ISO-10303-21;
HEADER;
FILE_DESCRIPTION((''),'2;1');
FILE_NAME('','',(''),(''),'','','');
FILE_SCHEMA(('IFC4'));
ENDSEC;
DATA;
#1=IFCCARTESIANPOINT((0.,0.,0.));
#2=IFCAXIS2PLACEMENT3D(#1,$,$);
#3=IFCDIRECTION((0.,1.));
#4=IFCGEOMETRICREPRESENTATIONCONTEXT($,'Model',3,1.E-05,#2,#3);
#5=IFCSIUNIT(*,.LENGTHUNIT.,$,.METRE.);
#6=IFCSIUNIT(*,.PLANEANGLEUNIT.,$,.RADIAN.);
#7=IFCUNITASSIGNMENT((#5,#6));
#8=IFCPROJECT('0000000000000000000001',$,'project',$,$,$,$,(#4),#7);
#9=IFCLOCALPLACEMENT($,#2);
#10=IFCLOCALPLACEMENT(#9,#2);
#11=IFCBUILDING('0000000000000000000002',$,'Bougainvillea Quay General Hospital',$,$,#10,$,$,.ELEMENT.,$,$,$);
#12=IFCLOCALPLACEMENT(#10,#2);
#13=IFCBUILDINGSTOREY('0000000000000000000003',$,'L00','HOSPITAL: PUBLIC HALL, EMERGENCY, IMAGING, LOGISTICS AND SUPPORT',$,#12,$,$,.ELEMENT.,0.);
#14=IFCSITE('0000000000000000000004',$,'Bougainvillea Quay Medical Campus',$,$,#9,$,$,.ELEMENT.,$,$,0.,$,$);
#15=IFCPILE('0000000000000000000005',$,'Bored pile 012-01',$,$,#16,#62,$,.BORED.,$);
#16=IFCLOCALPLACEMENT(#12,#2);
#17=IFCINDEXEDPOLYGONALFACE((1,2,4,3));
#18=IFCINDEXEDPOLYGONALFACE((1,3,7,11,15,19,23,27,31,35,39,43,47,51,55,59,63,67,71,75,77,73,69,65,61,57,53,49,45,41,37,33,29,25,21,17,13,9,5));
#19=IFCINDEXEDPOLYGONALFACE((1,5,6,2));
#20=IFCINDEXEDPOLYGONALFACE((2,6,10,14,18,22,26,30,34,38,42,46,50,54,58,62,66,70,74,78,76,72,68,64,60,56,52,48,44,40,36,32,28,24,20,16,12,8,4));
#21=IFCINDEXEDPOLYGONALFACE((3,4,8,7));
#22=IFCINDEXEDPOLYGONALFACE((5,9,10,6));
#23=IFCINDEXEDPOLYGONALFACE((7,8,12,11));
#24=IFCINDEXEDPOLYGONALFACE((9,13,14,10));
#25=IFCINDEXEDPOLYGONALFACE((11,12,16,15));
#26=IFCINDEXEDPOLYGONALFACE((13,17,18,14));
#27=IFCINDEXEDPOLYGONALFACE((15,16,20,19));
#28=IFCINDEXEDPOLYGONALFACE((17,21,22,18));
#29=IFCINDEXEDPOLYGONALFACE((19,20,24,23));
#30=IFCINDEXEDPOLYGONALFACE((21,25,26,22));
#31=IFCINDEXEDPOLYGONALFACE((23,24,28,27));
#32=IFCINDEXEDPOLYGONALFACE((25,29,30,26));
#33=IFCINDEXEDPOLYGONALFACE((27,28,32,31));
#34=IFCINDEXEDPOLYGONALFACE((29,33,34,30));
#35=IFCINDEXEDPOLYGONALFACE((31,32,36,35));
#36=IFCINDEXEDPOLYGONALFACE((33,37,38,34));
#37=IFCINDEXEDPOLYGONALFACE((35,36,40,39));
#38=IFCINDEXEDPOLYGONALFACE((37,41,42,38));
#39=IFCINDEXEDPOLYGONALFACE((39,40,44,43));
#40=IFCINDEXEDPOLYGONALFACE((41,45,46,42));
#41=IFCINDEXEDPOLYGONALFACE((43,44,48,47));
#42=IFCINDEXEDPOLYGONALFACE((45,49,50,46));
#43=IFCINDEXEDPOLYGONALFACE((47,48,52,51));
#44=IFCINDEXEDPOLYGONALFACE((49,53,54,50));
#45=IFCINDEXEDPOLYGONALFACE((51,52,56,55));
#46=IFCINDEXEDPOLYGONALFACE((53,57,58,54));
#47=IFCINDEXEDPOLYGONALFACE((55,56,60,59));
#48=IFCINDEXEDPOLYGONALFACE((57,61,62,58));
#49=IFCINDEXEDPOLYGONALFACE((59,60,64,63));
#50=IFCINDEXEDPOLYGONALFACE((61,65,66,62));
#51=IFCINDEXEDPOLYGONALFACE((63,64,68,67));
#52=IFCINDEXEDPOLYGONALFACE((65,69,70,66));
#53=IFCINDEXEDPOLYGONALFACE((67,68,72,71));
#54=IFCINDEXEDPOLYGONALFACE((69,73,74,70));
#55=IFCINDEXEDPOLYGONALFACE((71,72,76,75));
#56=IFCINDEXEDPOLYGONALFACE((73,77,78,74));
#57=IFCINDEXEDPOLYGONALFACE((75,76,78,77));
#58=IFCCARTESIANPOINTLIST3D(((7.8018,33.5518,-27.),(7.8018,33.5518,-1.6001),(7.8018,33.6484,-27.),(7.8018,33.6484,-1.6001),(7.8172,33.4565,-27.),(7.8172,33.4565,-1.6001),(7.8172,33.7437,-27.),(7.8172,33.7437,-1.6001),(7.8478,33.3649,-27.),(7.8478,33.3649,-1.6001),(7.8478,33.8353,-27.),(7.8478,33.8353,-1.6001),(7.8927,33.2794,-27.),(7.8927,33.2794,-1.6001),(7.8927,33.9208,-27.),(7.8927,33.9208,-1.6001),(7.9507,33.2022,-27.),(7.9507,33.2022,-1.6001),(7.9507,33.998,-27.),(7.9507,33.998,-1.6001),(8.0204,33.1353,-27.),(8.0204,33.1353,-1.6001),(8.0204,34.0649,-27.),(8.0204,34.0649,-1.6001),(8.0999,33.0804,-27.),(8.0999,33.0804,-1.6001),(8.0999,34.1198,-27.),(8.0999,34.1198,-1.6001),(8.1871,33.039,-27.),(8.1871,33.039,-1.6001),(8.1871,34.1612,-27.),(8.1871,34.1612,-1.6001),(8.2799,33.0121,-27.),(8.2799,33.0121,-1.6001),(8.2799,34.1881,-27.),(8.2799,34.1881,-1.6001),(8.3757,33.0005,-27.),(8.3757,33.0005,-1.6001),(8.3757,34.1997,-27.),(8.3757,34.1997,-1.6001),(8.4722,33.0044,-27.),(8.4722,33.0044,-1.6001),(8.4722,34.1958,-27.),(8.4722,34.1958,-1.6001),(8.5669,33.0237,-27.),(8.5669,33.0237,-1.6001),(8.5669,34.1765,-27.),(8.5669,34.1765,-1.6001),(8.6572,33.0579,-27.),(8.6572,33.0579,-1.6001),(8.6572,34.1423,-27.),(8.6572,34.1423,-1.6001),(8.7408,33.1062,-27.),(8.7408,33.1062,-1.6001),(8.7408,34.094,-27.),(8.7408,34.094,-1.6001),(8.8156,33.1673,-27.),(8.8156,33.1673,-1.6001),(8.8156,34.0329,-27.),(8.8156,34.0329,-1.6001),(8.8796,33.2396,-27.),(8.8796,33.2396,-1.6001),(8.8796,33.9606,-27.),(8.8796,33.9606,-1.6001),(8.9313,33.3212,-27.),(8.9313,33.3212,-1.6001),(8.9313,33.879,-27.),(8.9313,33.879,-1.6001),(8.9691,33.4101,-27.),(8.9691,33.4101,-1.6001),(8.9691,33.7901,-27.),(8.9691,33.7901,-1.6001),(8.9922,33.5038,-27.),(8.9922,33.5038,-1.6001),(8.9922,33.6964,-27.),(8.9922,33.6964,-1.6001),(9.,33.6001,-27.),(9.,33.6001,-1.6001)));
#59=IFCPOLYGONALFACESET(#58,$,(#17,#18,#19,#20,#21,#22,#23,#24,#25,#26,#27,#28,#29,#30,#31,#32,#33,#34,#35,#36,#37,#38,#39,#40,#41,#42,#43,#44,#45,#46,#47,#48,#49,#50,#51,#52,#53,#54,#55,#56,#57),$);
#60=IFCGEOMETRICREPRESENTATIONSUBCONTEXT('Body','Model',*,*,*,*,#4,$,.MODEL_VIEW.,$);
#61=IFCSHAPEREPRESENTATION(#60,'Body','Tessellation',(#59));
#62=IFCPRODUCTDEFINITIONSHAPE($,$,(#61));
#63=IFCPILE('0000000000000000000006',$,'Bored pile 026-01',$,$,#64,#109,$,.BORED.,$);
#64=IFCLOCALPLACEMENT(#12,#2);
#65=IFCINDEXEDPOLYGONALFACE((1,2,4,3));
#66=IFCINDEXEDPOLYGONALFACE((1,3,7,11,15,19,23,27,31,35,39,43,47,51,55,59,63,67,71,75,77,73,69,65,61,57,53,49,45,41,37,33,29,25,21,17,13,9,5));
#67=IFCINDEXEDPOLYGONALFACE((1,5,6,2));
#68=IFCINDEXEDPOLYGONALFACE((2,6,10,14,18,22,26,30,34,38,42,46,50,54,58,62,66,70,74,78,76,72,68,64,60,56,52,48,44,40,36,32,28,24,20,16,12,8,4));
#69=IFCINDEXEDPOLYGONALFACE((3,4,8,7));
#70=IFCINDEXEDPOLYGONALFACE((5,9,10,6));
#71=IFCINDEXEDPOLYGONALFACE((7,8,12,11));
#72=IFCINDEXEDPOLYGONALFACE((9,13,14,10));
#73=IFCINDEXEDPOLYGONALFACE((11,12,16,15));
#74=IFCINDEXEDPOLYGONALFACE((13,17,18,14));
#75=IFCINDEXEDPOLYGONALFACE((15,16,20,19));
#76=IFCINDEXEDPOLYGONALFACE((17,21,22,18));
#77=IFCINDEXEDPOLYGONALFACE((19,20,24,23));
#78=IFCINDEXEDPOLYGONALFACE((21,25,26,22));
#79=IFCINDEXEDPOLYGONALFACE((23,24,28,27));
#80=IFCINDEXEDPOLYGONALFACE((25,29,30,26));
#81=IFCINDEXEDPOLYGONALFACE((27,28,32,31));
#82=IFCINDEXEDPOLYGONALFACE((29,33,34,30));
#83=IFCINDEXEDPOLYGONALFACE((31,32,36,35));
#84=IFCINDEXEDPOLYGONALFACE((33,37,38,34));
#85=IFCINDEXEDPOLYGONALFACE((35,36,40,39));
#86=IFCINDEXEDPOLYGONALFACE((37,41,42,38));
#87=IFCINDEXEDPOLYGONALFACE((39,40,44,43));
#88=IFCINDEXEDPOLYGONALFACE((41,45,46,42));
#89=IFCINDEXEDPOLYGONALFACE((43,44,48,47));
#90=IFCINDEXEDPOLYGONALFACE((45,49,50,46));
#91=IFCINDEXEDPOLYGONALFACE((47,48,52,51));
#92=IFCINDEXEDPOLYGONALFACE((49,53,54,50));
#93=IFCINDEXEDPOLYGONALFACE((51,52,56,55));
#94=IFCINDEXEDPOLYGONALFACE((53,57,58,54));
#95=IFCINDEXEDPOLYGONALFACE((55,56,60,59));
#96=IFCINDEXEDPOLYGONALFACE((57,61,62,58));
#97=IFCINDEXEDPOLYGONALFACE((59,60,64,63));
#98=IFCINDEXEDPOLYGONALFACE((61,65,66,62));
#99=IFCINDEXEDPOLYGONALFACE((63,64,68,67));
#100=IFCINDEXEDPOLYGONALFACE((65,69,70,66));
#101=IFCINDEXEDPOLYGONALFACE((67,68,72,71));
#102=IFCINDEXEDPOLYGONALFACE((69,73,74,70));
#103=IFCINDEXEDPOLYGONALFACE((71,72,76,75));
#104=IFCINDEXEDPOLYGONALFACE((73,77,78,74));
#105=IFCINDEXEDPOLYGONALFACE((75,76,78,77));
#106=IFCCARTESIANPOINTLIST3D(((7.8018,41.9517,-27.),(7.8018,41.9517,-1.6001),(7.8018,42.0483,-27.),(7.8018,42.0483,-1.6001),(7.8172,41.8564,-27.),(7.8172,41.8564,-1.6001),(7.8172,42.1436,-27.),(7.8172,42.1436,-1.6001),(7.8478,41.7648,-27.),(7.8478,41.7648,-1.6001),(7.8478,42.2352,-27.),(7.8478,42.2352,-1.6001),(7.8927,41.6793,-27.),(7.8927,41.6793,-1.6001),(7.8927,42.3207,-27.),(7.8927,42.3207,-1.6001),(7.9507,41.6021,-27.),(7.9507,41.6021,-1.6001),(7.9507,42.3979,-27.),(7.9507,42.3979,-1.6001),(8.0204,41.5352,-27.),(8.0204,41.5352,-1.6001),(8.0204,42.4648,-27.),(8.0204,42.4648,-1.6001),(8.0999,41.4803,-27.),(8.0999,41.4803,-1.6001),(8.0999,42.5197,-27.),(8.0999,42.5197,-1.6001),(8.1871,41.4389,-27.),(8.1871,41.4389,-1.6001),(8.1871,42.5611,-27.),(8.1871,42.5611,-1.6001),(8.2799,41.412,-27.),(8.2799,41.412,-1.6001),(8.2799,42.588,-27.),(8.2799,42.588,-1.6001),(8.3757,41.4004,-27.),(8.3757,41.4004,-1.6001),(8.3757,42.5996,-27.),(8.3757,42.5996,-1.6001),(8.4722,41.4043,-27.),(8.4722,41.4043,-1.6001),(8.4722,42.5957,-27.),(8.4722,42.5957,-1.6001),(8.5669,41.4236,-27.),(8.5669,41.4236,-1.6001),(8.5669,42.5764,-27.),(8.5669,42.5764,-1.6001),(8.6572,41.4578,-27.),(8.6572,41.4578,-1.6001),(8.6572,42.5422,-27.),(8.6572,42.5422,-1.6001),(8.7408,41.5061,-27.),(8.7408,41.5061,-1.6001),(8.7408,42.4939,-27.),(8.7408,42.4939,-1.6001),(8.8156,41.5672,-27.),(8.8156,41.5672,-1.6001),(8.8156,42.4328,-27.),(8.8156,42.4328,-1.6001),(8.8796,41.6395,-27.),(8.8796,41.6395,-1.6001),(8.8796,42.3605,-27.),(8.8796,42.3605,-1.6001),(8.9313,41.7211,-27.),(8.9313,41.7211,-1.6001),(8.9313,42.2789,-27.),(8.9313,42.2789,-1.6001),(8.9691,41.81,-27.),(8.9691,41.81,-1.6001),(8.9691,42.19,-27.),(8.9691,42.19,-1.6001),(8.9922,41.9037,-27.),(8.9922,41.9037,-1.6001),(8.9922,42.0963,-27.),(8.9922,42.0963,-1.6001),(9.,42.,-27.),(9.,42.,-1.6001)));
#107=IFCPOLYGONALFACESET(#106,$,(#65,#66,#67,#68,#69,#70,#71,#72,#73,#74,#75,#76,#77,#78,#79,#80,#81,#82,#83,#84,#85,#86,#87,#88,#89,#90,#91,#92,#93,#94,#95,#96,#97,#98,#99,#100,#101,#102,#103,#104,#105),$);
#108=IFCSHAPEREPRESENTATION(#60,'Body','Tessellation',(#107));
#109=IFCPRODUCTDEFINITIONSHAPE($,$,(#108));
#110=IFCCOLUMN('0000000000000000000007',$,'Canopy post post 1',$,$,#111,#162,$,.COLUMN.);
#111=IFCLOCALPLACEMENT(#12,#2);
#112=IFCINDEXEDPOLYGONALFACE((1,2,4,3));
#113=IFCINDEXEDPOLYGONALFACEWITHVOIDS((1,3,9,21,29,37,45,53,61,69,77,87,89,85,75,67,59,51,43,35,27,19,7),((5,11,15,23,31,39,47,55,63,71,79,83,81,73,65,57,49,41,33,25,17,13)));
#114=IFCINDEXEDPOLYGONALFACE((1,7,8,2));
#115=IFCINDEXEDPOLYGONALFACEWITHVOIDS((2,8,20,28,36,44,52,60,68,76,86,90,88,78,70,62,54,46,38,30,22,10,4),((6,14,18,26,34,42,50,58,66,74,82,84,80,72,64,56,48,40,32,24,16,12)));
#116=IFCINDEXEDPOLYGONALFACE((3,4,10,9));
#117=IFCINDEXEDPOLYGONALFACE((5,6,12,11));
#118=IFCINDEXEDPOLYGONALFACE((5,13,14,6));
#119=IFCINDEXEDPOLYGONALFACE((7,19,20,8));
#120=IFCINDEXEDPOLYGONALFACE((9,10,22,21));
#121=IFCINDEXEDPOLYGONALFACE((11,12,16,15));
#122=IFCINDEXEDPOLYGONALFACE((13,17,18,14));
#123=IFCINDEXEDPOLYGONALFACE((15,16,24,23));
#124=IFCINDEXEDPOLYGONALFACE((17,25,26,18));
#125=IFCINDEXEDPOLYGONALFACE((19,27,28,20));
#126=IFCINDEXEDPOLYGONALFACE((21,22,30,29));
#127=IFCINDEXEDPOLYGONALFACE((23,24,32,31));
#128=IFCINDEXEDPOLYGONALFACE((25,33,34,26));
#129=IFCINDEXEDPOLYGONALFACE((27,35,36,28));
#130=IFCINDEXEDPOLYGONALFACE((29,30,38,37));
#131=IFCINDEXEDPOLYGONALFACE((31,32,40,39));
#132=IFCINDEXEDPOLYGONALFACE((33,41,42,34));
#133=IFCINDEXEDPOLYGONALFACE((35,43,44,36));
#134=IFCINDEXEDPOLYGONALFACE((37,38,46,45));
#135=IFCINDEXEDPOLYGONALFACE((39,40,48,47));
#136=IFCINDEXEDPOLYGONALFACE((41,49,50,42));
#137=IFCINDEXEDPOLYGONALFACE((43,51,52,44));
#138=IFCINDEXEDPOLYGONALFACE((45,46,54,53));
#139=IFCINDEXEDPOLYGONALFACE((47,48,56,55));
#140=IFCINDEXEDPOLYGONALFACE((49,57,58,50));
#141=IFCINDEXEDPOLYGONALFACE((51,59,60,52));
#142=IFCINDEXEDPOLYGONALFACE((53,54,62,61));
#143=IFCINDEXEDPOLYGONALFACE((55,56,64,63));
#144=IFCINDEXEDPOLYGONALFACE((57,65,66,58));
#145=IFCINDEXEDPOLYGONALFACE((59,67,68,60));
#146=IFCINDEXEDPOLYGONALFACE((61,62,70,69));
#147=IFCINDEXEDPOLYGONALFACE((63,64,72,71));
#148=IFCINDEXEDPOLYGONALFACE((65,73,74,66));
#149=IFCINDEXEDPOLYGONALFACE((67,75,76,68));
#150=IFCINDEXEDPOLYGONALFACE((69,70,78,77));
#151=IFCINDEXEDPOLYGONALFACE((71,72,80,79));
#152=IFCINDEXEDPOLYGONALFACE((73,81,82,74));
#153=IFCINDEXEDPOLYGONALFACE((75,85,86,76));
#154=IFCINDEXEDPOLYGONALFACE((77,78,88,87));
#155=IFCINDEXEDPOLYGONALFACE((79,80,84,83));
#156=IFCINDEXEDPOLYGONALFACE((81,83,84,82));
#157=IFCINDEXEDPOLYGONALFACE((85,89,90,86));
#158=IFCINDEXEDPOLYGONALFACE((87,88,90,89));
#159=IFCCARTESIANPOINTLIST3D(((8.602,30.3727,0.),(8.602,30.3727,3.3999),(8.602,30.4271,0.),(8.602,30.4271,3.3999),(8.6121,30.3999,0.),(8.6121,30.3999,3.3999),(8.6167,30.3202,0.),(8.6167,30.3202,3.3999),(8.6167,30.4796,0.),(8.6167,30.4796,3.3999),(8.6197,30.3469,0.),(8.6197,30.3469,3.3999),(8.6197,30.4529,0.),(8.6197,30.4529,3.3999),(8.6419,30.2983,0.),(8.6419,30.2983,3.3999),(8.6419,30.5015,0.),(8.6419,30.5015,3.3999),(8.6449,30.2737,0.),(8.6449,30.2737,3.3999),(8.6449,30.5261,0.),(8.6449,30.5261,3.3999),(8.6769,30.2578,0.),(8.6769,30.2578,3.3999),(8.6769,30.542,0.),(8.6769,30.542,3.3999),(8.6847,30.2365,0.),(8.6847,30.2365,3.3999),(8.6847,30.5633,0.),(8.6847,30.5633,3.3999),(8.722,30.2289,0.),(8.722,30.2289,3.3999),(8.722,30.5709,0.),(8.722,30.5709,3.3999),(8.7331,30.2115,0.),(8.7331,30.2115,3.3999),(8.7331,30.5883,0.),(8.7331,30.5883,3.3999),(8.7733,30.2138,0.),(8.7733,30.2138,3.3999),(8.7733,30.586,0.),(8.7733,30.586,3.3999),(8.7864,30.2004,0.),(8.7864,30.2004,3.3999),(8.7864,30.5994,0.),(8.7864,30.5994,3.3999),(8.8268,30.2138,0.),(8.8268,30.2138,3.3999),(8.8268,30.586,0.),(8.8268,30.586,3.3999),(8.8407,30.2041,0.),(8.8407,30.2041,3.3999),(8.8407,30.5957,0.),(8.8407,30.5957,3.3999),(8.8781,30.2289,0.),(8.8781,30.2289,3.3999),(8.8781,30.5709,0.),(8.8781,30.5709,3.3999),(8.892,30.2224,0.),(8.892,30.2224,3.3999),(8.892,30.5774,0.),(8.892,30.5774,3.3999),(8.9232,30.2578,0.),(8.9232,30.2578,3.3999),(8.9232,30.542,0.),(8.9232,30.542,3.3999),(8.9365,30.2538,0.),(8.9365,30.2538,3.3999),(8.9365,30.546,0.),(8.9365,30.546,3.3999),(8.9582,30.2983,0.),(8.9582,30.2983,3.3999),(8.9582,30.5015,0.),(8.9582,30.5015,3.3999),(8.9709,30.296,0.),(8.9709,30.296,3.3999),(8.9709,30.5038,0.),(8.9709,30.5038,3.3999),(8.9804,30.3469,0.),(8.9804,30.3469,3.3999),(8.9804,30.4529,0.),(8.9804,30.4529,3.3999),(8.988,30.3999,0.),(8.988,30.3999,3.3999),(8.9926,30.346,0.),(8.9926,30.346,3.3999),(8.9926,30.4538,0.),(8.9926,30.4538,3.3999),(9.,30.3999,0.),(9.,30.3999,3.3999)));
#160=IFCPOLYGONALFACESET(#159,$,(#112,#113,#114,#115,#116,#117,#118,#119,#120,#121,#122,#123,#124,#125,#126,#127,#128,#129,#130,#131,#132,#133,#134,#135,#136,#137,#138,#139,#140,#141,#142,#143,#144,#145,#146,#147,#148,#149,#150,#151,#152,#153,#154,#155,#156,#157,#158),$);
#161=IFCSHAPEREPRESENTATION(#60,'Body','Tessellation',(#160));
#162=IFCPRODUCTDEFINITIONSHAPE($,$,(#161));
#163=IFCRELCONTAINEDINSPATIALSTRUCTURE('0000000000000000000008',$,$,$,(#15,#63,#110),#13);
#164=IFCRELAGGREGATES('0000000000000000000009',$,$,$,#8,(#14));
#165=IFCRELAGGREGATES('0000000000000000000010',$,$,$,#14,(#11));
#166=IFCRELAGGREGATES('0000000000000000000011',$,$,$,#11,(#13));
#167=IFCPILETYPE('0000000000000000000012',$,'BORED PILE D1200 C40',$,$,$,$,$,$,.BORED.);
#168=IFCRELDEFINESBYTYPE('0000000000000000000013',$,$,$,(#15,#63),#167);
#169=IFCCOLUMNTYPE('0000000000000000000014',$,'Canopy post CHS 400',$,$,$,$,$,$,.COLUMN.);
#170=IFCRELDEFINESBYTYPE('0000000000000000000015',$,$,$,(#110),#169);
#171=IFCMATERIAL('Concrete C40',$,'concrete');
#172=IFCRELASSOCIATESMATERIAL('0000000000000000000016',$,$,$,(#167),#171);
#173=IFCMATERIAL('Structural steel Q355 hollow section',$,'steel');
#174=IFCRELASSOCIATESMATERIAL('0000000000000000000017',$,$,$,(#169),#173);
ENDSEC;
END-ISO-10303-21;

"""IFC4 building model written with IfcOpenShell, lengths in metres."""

from ifc_helpers import new_model, si_unit, direction, frame, origin, origin_2d, place, context, subcontext, project, spatial, circle, hollow_circle, extrude, material, material_profile, profile_set, type_object, element, save


model = new_model("IFC4")

# Units and contexts
model_context = context("Model", 3, precision=1e-05, world=origin(), true_north=direction((0.0, 1.0)))
body_context = subcontext(model_context, "Body", "Model", "MODEL_VIEW")
ifc_project = project(units=[si_unit("LENGTHUNIT", "METRE"), si_unit("PLANEANGLEUNIT", "RADIAN")], contexts=[model_context])

# Site, building, storey
site_placement = place(None, origin())
site = spatial("IfcSite", under=ifc_project, at=site_placement, Name="Bougainvillea Quay Medical Campus", CompositionType="ELEMENT", RefElevation=0.0)
building_placement = place(site_placement, origin())
building = spatial("IfcBuilding", under=site, at=building_placement, Name="Bougainvillea Quay General Hospital", CompositionType="ELEMENT")
storey_placement = place(building_placement, origin())
storey = spatial("IfcBuildingStorey", under=building, at=storey_placement, Name="L00", Description="HOSPITAL: PUBLIC HALL, EMERGENCY, IMAGING, LOGISTICS AND SUPPORT", CompositionType="ELEMENT", Elevation=0.0)

# Piles
ifc_material_1 = material(Name="Concrete C40", Category="concrete")
ifc_material_profile_1 = material_profile(ifc_material_1, circle(Radius=0.6001, at=origin_2d()))
ifc_profile_set_1 = profile_set([ifc_material_profile_1], Name="Concrete C40")
pile_type = type_object("IfcPileType", Name="BORED PILE D1200 C40", PredefinedType="BORED", material=ifc_profile_set_1)
for number, where, z_axis, x_axis, name in (
    (1, (8.3999, 33.6001, -1.6001), (0.0, 0.0, -1.0), (1.0, 0.0, 0.0), "Bored pile 012-01"),
    (2, (8.3999, 42.0, -1.6001), (0.0, 0.0, -1.0), (1.0, 0.0, 0.0), "Bored pile 026-01"),
):
    element("IfcPile", number, at=place(storey_placement, frame(where, z_axis=z_axis, x_axis=x_axis)), inside=storey, type_object=pile_type, Name=name, PredefinedType="BORED", context=body_context, shape_type="SweptSolid", body=[
        extrude(circle(Radius=0.6001, at=origin_2d()), origin(), (0.0, 0.0, 1.0), 25.3999),
    ])

# Column
ifc_material_2 = material(Name="Structural steel Q355 hollow section", Category="steel")
ifc_material_profile_2 = material_profile(ifc_material_2, hollow_circle(Radius=0.2, WallThickness=0.012, at=origin_2d()))
ifc_profile_set_2 = profile_set([ifc_material_profile_2], Name="Structural steel Q355 hollow section")
column_type_1 = type_object("IfcColumnType", Name="Canopy post CHS 400", PredefinedType="COLUMN", material=ifc_profile_set_2)
column_1_placement = place(storey_placement, frame((8.8, 30.3999, 0.0), z_axis=(0.0, 0.0, 1.0), x_axis=(1.0, 0.0, 0.0)))
element("IfcColumn", 3, at=column_1_placement, inside=storey, type_object=column_type_1, Name="Canopy post post 1", PredefinedType="COLUMN", context=body_context, shape_type="SweptSolid", body=[
    extrude(hollow_circle(Radius=0.2, WallThickness=0.012, at=origin_2d()), origin(), (0.0, 0.0, 1.0), 3.3999),
])

save(model, "model.ifc")
